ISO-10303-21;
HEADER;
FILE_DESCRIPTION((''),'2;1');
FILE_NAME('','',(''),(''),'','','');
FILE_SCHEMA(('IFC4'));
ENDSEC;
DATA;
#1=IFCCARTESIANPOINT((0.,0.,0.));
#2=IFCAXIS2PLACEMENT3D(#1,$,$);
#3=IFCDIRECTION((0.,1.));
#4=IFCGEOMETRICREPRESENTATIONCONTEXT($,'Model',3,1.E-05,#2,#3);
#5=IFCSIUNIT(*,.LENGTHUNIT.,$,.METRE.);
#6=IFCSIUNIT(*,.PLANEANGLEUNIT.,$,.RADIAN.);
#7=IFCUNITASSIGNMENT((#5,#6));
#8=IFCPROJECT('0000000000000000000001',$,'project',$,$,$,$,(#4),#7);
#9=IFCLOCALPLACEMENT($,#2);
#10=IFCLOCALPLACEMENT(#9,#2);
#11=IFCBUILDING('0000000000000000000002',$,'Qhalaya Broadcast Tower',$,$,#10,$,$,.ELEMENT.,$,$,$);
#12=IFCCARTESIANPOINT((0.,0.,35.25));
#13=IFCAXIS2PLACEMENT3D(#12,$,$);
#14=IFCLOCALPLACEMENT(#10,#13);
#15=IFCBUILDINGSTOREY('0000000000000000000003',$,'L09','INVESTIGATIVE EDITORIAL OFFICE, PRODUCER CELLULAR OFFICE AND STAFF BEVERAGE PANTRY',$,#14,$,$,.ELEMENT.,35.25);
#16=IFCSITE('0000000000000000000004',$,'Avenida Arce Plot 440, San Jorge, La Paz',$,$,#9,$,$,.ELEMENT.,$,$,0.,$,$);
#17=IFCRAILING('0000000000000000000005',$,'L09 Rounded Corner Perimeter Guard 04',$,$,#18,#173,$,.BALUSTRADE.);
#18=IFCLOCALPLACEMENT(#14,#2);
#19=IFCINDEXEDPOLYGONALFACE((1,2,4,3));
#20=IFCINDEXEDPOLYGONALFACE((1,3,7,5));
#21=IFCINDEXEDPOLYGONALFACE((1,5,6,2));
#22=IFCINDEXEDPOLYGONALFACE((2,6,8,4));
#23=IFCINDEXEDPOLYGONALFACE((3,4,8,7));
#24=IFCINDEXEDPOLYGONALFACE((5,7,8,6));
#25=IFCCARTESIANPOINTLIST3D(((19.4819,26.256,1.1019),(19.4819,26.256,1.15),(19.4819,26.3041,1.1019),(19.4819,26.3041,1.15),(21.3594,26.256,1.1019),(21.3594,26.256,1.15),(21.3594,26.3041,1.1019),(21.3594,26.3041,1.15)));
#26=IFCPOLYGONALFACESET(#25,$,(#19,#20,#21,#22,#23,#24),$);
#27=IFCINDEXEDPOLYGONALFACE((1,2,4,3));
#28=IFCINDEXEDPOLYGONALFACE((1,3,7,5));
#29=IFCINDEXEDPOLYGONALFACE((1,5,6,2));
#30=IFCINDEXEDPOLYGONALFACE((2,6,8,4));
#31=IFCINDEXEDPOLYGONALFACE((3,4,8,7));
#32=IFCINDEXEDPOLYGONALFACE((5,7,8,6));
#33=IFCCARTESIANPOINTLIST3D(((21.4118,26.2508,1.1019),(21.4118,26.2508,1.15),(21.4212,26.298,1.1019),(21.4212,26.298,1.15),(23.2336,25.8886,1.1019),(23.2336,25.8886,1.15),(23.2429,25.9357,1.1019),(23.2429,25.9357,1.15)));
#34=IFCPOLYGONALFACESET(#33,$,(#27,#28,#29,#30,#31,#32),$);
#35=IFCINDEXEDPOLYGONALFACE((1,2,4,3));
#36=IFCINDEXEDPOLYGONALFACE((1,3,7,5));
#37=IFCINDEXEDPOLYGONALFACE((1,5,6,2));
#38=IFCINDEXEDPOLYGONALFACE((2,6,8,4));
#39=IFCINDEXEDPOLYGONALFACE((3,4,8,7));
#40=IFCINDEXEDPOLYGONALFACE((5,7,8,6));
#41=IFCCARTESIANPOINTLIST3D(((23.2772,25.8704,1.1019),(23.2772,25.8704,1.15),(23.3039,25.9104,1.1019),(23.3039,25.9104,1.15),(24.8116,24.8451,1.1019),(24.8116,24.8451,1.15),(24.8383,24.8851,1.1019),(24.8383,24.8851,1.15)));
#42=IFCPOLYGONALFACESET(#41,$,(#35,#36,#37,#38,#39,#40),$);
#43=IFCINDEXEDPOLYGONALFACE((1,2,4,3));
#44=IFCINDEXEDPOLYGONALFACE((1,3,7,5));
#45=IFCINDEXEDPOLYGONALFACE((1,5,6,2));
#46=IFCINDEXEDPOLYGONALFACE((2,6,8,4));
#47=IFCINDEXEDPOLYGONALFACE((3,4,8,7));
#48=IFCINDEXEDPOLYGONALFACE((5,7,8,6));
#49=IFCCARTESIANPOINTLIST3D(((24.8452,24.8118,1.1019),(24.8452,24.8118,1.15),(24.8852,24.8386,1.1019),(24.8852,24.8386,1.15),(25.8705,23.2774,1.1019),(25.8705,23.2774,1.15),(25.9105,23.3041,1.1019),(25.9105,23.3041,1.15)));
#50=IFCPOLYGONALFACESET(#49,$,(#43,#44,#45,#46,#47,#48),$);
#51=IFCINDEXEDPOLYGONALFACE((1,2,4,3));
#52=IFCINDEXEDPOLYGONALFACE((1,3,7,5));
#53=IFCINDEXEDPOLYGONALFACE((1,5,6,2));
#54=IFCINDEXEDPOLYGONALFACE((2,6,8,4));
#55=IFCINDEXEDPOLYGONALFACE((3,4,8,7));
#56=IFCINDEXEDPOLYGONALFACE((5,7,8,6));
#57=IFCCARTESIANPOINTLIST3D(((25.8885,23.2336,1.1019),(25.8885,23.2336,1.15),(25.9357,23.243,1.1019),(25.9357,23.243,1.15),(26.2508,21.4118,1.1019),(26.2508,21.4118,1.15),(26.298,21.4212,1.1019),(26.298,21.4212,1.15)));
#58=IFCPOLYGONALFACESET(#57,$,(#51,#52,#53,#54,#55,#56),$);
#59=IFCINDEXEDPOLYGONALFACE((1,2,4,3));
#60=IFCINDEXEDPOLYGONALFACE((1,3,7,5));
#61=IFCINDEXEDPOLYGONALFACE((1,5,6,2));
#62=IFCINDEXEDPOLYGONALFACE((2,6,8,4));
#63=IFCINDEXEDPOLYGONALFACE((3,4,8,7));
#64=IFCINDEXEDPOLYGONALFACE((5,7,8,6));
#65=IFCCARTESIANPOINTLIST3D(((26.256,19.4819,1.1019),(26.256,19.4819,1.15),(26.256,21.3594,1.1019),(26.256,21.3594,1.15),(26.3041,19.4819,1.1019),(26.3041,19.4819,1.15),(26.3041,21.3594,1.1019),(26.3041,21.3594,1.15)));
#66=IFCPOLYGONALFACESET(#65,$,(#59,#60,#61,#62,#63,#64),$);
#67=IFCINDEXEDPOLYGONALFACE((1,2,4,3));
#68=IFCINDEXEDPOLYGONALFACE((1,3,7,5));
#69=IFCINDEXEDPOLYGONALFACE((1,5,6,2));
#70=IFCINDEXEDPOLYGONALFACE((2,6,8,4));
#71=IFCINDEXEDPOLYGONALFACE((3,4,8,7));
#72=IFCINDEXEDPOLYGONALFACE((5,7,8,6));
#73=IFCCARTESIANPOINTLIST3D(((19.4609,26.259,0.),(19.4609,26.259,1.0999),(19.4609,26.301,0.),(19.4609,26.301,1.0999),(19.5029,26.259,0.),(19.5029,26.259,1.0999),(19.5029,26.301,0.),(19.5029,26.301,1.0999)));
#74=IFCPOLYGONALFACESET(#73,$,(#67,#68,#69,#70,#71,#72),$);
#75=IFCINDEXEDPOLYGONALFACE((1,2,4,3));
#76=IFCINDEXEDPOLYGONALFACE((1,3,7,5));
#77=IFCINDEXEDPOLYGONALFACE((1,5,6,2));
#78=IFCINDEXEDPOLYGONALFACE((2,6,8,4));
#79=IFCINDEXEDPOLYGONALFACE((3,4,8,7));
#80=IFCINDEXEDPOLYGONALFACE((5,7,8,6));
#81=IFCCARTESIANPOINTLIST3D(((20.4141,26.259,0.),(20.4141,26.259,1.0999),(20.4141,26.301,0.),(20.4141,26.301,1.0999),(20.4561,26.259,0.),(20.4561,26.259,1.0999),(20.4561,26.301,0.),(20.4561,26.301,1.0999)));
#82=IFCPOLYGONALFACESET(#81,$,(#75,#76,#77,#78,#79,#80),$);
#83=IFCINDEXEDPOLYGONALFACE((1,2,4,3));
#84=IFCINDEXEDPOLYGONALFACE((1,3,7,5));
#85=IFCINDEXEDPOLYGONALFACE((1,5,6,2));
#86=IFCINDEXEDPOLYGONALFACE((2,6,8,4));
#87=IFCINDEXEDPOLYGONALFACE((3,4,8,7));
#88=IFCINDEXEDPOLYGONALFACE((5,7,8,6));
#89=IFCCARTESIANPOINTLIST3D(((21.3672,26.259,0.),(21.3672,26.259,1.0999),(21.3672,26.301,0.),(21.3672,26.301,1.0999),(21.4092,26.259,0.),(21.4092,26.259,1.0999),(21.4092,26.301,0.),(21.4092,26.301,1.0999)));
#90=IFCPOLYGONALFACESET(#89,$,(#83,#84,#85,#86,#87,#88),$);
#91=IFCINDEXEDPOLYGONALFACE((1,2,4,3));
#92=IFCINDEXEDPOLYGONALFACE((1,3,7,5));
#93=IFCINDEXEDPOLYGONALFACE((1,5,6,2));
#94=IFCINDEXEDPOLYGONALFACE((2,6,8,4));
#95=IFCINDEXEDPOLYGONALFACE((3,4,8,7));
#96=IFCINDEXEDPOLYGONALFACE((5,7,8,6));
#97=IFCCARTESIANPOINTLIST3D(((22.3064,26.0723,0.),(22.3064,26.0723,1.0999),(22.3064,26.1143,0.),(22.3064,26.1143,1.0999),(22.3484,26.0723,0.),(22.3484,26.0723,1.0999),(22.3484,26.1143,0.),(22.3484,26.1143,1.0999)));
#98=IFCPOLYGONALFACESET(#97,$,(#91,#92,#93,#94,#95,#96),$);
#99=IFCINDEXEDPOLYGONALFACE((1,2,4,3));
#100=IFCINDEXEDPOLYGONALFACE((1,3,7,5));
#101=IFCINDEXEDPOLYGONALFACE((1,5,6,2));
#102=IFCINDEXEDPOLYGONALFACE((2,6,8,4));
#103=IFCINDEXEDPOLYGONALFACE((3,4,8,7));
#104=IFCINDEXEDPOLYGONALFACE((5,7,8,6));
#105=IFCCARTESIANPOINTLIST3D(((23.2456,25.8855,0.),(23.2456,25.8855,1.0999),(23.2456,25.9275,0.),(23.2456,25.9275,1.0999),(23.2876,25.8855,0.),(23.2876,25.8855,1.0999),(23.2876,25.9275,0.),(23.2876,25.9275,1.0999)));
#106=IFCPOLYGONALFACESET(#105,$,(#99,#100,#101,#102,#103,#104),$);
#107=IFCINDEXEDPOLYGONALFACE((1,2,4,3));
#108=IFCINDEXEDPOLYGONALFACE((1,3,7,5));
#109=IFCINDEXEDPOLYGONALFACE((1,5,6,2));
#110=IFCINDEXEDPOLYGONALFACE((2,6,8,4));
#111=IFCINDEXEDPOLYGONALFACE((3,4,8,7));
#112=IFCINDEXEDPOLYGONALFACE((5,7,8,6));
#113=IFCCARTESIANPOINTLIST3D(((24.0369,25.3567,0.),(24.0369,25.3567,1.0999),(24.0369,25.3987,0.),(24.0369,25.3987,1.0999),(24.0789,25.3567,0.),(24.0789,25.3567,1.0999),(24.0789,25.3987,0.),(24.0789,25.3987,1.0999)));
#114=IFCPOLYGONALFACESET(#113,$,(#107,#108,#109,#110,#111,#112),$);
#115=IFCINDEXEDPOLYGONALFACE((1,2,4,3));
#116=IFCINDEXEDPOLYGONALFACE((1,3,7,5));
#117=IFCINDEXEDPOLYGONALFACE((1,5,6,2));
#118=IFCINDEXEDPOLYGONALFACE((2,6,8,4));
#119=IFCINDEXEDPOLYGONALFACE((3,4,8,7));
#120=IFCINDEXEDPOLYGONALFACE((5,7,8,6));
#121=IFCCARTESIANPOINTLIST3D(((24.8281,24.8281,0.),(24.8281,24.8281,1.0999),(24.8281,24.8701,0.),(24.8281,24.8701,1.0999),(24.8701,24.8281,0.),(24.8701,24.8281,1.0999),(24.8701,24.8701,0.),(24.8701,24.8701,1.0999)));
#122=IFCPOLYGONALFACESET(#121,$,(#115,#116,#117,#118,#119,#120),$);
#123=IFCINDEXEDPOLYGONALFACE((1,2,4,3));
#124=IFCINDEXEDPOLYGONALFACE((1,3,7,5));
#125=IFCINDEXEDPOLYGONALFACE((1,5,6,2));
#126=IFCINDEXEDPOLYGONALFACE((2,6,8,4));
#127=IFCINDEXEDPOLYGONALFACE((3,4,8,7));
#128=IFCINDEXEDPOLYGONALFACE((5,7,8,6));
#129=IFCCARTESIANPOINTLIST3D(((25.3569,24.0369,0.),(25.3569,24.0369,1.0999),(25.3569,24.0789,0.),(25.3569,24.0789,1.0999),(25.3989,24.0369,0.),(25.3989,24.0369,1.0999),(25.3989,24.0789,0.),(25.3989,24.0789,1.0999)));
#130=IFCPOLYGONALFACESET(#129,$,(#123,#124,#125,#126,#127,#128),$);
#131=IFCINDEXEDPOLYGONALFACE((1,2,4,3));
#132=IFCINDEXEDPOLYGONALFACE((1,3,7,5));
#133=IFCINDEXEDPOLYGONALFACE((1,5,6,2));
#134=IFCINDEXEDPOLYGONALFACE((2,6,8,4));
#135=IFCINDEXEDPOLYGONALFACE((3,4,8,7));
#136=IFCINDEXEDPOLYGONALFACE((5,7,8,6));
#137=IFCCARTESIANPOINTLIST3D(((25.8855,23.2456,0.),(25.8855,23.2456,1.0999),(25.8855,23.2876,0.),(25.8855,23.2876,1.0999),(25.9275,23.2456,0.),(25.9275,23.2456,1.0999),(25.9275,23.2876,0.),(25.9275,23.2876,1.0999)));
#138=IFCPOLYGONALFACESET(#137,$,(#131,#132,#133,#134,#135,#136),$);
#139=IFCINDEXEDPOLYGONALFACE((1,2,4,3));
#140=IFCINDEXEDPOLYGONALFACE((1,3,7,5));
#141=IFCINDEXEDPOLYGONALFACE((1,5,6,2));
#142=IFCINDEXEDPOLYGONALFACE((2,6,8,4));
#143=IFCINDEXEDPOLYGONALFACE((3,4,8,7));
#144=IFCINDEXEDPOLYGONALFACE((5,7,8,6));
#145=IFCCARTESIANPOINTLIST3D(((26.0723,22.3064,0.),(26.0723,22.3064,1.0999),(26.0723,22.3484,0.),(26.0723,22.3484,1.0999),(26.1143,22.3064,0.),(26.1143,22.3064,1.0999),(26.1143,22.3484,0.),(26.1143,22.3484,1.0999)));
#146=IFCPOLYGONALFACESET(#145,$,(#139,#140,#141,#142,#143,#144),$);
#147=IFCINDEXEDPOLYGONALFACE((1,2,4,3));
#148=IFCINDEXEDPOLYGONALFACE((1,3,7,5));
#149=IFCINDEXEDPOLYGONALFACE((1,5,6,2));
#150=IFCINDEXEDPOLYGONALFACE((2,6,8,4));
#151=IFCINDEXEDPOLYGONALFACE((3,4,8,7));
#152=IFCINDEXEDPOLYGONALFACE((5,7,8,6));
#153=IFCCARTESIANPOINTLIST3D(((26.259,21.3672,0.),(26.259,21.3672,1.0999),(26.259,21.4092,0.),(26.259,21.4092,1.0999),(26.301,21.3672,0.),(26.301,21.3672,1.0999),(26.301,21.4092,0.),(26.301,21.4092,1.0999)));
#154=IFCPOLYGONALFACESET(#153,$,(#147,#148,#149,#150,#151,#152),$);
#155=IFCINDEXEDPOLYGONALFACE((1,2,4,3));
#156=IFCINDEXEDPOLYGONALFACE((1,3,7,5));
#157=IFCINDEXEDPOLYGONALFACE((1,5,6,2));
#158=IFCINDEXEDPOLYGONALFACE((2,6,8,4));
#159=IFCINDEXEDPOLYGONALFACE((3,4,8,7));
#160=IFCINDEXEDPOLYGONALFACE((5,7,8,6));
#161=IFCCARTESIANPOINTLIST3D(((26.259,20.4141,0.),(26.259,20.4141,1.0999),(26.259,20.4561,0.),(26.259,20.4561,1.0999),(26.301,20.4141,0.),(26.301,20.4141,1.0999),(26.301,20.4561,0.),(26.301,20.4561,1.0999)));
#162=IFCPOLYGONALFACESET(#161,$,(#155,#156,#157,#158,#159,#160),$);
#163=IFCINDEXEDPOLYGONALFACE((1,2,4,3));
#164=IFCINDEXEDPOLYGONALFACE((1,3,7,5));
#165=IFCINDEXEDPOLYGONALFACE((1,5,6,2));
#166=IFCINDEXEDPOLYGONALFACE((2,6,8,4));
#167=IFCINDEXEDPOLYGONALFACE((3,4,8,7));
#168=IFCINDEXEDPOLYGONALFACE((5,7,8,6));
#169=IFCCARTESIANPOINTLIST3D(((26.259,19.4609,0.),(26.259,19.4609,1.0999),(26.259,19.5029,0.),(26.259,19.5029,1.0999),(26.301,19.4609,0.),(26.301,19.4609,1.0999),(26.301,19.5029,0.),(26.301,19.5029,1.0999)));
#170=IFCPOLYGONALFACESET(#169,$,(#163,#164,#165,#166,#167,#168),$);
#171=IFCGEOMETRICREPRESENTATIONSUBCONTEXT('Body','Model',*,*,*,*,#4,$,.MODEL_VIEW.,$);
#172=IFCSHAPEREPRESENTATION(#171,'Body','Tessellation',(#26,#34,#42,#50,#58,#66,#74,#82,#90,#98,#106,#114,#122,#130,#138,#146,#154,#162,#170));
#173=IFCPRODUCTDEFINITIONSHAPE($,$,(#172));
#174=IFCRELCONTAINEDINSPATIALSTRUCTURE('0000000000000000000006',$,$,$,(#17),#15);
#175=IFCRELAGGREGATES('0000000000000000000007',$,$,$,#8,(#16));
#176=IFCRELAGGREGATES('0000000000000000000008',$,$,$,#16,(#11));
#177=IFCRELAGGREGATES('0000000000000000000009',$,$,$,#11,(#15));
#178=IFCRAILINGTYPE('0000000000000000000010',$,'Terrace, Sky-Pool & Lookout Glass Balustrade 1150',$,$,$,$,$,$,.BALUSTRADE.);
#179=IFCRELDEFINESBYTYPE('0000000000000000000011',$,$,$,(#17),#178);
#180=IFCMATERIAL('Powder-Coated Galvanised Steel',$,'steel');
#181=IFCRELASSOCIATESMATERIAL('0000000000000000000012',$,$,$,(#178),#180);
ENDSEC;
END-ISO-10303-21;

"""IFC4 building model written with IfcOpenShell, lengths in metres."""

from ifc_helpers import new_model, si_unit, direction, frame, origin, origin_2d, place, context, subcontext, project, spatial, rectangle, extrude, material, type_object, element, save


model = new_model("IFC4")

# Units and contexts
model_context = context("Model", 3, precision=1e-05, world=origin(), true_north=direction((0.0, 1.0)))
body_context = subcontext(model_context, "Body", "Model", "MODEL_VIEW")
ifc_project = project(units=[si_unit("LENGTHUNIT", "METRE"), si_unit("PLANEANGLEUNIT", "RADIAN")], contexts=[model_context])

# Site, building, storey
site_placement = place(None, origin())
site = spatial("IfcSite", under=ifc_project, at=site_placement, Name="Avenida Arce Plot 440, San Jorge, La Paz", CompositionType="ELEMENT", RefElevation=0.0)
building_placement = place(site_placement, origin())
building = spatial("IfcBuilding", under=site, at=building_placement, Name="Qhalaya Broadcast Tower", CompositionType="ELEMENT")
storey_placement = place(building_placement, frame((0.0, 0.0, 35.25)))
storey = spatial("IfcBuildingStorey", under=building, at=storey_placement, Name="L09", Description="INVESTIGATIVE EDITORIAL OFFICE, PRODUCER CELLULAR OFFICE AND STAFF BEVERAGE PANTRY", CompositionType="ELEMENT", Elevation=35.25)

# Railing
ifc_material_1 = material(Name="Powder-Coated Galvanised Steel", Category="steel")
railing_type = type_object("IfcRailingType", Name="Terrace, Sky-Pool & Lookout Glass Balustrade 1150", PredefinedType="BALUSTRADE", material=ifc_material_1)
railing_placement = place(storey_placement, frame((19.4819, 26.28, 0.0)))
element("IfcRailing", 1, at=railing_placement, inside=storey, type_object=railing_type, Name="L09 Rounded Corner Perimeter Guard 04", PredefinedType="BALUSTRADE", context=body_context, shape_type="SweptSolid", body=[
    extrude(rectangle(XDim=0.0481, YDim=0.0481, at=origin_2d()), frame((0.0, 0.0, 1.126), z_axis=(1.0, 0.0, 0.0), x_axis=(0.0, 1.0, 0.0)), (0.0, 0.0, 1.0), 1.8774),
    extrude(rectangle(XDim=0.0481, YDim=0.0481, at=origin_2d()), frame((1.9346, -0.0056, 1.126), z_axis=(0.980796, -0.195037, 0.0), x_axis=(0.195037, 0.980796, 0.0)), (0.0, 0.0, 1.0), 1.8574),
    extrude(rectangle(XDim=0.0481, YDim=0.0481, at=origin_2d()), frame((3.8086, -0.3896, 1.126), z_axis=(0.831478, -0.555558, 0.0), x_axis=(0.555558, 0.831478, 0.0)), (0.0, 0.0, 1.0), 1.8455),
    extrude(rectangle(XDim=0.0481, YDim=0.0481, at=origin_2d()), frame((5.3833, -1.4548, 1.126), z_axis=(0.555558, -0.831478, 0.0), x_axis=(0.831478, 0.555558, 0.0)), (0.0, 0.0, 1.0), 1.8455),
    extrude(rectangle(XDim=0.0481, YDim=0.0481, at=origin_2d()), frame((6.4302, -3.0417, 1.126), z_axis=(0.195037, -0.980796, 0.0), x_axis=(0.980796, 0.195037, 0.0)), (0.0, 0.0, 1.0), 1.8574),
    extrude(rectangle(XDim=0.0481, YDim=0.0481, at=origin_2d()), frame((6.7981, -4.9207, 1.126), z_axis=(0.0, -1.0, 0.0), x_axis=(1.0, 0.0, 0.0)), (0.0, 0.0, 1.0), 1.8774),
    extrude(rectangle(XDim=0.042, YDim=0.042, at=origin_2d()), origin(), (0.0, 0.0, 1.0), 1.0999),
    extrude(rectangle(XDim=0.042, YDim=0.042, at=origin_2d()), frame((0.9531, 0.0, 0.0)), (0.0, 0.0, 1.0), 1.0999),
    extrude(rectangle(XDim=0.042, YDim=0.042, at=origin_2d()), frame((1.9062, 0.0, 0.0)), (0.0, 0.0, 1.0), 1.0999),
    extrude(rectangle(XDim=0.042, YDim=0.042, at=origin_2d()), frame((2.8455, -0.1868, 0.0)), (0.0, 0.0, 1.0), 1.0999),
    extrude(rectangle(XDim=0.042, YDim=0.042, at=origin_2d()), frame((3.7847, -0.3735, 0.0)), (0.0, 0.0, 1.0), 1.0999),
    extrude(rectangle(XDim=0.042, YDim=0.042, at=origin_2d()), frame((4.5759, -0.9023, 0.0)), (0.0, 0.0, 1.0), 1.0999),
    extrude(rectangle(XDim=0.042, YDim=0.042, at=origin_2d()), frame((5.3672, -1.4309, 0.0)), (0.0, 0.0, 1.0), 1.0999),
    extrude(rectangle(XDim=0.042, YDim=0.042, at=origin_2d()), frame((5.896, -2.2222, 0.0)), (0.0, 0.0, 1.0), 1.0999),
    extrude(rectangle(XDim=0.042, YDim=0.042, at=origin_2d()), frame((6.4246, -3.0134, 0.0)), (0.0, 0.0, 1.0), 1.0999),
    extrude(rectangle(XDim=0.042, YDim=0.042, at=origin_2d()), frame((6.6113, -3.9526, 0.0)), (0.0, 0.0, 1.0), 1.0999),
    extrude(rectangle(XDim=0.042, YDim=0.042, at=origin_2d()), frame((6.7981, -4.8918, 0.0)), (0.0, 0.0, 1.0), 1.0999),
    extrude(rectangle(XDim=0.042, YDim=0.042, at=origin_2d()), frame((6.7981, -5.845, 0.0)), (0.0, 0.0, 1.0), 1.0999),
    extrude(rectangle(XDim=0.042, YDim=0.042, at=origin_2d()), frame((6.7981, -6.7981, 0.0)), (0.0, 0.0, 1.0), 1.0999),
])

save(model, "model.ifc")
